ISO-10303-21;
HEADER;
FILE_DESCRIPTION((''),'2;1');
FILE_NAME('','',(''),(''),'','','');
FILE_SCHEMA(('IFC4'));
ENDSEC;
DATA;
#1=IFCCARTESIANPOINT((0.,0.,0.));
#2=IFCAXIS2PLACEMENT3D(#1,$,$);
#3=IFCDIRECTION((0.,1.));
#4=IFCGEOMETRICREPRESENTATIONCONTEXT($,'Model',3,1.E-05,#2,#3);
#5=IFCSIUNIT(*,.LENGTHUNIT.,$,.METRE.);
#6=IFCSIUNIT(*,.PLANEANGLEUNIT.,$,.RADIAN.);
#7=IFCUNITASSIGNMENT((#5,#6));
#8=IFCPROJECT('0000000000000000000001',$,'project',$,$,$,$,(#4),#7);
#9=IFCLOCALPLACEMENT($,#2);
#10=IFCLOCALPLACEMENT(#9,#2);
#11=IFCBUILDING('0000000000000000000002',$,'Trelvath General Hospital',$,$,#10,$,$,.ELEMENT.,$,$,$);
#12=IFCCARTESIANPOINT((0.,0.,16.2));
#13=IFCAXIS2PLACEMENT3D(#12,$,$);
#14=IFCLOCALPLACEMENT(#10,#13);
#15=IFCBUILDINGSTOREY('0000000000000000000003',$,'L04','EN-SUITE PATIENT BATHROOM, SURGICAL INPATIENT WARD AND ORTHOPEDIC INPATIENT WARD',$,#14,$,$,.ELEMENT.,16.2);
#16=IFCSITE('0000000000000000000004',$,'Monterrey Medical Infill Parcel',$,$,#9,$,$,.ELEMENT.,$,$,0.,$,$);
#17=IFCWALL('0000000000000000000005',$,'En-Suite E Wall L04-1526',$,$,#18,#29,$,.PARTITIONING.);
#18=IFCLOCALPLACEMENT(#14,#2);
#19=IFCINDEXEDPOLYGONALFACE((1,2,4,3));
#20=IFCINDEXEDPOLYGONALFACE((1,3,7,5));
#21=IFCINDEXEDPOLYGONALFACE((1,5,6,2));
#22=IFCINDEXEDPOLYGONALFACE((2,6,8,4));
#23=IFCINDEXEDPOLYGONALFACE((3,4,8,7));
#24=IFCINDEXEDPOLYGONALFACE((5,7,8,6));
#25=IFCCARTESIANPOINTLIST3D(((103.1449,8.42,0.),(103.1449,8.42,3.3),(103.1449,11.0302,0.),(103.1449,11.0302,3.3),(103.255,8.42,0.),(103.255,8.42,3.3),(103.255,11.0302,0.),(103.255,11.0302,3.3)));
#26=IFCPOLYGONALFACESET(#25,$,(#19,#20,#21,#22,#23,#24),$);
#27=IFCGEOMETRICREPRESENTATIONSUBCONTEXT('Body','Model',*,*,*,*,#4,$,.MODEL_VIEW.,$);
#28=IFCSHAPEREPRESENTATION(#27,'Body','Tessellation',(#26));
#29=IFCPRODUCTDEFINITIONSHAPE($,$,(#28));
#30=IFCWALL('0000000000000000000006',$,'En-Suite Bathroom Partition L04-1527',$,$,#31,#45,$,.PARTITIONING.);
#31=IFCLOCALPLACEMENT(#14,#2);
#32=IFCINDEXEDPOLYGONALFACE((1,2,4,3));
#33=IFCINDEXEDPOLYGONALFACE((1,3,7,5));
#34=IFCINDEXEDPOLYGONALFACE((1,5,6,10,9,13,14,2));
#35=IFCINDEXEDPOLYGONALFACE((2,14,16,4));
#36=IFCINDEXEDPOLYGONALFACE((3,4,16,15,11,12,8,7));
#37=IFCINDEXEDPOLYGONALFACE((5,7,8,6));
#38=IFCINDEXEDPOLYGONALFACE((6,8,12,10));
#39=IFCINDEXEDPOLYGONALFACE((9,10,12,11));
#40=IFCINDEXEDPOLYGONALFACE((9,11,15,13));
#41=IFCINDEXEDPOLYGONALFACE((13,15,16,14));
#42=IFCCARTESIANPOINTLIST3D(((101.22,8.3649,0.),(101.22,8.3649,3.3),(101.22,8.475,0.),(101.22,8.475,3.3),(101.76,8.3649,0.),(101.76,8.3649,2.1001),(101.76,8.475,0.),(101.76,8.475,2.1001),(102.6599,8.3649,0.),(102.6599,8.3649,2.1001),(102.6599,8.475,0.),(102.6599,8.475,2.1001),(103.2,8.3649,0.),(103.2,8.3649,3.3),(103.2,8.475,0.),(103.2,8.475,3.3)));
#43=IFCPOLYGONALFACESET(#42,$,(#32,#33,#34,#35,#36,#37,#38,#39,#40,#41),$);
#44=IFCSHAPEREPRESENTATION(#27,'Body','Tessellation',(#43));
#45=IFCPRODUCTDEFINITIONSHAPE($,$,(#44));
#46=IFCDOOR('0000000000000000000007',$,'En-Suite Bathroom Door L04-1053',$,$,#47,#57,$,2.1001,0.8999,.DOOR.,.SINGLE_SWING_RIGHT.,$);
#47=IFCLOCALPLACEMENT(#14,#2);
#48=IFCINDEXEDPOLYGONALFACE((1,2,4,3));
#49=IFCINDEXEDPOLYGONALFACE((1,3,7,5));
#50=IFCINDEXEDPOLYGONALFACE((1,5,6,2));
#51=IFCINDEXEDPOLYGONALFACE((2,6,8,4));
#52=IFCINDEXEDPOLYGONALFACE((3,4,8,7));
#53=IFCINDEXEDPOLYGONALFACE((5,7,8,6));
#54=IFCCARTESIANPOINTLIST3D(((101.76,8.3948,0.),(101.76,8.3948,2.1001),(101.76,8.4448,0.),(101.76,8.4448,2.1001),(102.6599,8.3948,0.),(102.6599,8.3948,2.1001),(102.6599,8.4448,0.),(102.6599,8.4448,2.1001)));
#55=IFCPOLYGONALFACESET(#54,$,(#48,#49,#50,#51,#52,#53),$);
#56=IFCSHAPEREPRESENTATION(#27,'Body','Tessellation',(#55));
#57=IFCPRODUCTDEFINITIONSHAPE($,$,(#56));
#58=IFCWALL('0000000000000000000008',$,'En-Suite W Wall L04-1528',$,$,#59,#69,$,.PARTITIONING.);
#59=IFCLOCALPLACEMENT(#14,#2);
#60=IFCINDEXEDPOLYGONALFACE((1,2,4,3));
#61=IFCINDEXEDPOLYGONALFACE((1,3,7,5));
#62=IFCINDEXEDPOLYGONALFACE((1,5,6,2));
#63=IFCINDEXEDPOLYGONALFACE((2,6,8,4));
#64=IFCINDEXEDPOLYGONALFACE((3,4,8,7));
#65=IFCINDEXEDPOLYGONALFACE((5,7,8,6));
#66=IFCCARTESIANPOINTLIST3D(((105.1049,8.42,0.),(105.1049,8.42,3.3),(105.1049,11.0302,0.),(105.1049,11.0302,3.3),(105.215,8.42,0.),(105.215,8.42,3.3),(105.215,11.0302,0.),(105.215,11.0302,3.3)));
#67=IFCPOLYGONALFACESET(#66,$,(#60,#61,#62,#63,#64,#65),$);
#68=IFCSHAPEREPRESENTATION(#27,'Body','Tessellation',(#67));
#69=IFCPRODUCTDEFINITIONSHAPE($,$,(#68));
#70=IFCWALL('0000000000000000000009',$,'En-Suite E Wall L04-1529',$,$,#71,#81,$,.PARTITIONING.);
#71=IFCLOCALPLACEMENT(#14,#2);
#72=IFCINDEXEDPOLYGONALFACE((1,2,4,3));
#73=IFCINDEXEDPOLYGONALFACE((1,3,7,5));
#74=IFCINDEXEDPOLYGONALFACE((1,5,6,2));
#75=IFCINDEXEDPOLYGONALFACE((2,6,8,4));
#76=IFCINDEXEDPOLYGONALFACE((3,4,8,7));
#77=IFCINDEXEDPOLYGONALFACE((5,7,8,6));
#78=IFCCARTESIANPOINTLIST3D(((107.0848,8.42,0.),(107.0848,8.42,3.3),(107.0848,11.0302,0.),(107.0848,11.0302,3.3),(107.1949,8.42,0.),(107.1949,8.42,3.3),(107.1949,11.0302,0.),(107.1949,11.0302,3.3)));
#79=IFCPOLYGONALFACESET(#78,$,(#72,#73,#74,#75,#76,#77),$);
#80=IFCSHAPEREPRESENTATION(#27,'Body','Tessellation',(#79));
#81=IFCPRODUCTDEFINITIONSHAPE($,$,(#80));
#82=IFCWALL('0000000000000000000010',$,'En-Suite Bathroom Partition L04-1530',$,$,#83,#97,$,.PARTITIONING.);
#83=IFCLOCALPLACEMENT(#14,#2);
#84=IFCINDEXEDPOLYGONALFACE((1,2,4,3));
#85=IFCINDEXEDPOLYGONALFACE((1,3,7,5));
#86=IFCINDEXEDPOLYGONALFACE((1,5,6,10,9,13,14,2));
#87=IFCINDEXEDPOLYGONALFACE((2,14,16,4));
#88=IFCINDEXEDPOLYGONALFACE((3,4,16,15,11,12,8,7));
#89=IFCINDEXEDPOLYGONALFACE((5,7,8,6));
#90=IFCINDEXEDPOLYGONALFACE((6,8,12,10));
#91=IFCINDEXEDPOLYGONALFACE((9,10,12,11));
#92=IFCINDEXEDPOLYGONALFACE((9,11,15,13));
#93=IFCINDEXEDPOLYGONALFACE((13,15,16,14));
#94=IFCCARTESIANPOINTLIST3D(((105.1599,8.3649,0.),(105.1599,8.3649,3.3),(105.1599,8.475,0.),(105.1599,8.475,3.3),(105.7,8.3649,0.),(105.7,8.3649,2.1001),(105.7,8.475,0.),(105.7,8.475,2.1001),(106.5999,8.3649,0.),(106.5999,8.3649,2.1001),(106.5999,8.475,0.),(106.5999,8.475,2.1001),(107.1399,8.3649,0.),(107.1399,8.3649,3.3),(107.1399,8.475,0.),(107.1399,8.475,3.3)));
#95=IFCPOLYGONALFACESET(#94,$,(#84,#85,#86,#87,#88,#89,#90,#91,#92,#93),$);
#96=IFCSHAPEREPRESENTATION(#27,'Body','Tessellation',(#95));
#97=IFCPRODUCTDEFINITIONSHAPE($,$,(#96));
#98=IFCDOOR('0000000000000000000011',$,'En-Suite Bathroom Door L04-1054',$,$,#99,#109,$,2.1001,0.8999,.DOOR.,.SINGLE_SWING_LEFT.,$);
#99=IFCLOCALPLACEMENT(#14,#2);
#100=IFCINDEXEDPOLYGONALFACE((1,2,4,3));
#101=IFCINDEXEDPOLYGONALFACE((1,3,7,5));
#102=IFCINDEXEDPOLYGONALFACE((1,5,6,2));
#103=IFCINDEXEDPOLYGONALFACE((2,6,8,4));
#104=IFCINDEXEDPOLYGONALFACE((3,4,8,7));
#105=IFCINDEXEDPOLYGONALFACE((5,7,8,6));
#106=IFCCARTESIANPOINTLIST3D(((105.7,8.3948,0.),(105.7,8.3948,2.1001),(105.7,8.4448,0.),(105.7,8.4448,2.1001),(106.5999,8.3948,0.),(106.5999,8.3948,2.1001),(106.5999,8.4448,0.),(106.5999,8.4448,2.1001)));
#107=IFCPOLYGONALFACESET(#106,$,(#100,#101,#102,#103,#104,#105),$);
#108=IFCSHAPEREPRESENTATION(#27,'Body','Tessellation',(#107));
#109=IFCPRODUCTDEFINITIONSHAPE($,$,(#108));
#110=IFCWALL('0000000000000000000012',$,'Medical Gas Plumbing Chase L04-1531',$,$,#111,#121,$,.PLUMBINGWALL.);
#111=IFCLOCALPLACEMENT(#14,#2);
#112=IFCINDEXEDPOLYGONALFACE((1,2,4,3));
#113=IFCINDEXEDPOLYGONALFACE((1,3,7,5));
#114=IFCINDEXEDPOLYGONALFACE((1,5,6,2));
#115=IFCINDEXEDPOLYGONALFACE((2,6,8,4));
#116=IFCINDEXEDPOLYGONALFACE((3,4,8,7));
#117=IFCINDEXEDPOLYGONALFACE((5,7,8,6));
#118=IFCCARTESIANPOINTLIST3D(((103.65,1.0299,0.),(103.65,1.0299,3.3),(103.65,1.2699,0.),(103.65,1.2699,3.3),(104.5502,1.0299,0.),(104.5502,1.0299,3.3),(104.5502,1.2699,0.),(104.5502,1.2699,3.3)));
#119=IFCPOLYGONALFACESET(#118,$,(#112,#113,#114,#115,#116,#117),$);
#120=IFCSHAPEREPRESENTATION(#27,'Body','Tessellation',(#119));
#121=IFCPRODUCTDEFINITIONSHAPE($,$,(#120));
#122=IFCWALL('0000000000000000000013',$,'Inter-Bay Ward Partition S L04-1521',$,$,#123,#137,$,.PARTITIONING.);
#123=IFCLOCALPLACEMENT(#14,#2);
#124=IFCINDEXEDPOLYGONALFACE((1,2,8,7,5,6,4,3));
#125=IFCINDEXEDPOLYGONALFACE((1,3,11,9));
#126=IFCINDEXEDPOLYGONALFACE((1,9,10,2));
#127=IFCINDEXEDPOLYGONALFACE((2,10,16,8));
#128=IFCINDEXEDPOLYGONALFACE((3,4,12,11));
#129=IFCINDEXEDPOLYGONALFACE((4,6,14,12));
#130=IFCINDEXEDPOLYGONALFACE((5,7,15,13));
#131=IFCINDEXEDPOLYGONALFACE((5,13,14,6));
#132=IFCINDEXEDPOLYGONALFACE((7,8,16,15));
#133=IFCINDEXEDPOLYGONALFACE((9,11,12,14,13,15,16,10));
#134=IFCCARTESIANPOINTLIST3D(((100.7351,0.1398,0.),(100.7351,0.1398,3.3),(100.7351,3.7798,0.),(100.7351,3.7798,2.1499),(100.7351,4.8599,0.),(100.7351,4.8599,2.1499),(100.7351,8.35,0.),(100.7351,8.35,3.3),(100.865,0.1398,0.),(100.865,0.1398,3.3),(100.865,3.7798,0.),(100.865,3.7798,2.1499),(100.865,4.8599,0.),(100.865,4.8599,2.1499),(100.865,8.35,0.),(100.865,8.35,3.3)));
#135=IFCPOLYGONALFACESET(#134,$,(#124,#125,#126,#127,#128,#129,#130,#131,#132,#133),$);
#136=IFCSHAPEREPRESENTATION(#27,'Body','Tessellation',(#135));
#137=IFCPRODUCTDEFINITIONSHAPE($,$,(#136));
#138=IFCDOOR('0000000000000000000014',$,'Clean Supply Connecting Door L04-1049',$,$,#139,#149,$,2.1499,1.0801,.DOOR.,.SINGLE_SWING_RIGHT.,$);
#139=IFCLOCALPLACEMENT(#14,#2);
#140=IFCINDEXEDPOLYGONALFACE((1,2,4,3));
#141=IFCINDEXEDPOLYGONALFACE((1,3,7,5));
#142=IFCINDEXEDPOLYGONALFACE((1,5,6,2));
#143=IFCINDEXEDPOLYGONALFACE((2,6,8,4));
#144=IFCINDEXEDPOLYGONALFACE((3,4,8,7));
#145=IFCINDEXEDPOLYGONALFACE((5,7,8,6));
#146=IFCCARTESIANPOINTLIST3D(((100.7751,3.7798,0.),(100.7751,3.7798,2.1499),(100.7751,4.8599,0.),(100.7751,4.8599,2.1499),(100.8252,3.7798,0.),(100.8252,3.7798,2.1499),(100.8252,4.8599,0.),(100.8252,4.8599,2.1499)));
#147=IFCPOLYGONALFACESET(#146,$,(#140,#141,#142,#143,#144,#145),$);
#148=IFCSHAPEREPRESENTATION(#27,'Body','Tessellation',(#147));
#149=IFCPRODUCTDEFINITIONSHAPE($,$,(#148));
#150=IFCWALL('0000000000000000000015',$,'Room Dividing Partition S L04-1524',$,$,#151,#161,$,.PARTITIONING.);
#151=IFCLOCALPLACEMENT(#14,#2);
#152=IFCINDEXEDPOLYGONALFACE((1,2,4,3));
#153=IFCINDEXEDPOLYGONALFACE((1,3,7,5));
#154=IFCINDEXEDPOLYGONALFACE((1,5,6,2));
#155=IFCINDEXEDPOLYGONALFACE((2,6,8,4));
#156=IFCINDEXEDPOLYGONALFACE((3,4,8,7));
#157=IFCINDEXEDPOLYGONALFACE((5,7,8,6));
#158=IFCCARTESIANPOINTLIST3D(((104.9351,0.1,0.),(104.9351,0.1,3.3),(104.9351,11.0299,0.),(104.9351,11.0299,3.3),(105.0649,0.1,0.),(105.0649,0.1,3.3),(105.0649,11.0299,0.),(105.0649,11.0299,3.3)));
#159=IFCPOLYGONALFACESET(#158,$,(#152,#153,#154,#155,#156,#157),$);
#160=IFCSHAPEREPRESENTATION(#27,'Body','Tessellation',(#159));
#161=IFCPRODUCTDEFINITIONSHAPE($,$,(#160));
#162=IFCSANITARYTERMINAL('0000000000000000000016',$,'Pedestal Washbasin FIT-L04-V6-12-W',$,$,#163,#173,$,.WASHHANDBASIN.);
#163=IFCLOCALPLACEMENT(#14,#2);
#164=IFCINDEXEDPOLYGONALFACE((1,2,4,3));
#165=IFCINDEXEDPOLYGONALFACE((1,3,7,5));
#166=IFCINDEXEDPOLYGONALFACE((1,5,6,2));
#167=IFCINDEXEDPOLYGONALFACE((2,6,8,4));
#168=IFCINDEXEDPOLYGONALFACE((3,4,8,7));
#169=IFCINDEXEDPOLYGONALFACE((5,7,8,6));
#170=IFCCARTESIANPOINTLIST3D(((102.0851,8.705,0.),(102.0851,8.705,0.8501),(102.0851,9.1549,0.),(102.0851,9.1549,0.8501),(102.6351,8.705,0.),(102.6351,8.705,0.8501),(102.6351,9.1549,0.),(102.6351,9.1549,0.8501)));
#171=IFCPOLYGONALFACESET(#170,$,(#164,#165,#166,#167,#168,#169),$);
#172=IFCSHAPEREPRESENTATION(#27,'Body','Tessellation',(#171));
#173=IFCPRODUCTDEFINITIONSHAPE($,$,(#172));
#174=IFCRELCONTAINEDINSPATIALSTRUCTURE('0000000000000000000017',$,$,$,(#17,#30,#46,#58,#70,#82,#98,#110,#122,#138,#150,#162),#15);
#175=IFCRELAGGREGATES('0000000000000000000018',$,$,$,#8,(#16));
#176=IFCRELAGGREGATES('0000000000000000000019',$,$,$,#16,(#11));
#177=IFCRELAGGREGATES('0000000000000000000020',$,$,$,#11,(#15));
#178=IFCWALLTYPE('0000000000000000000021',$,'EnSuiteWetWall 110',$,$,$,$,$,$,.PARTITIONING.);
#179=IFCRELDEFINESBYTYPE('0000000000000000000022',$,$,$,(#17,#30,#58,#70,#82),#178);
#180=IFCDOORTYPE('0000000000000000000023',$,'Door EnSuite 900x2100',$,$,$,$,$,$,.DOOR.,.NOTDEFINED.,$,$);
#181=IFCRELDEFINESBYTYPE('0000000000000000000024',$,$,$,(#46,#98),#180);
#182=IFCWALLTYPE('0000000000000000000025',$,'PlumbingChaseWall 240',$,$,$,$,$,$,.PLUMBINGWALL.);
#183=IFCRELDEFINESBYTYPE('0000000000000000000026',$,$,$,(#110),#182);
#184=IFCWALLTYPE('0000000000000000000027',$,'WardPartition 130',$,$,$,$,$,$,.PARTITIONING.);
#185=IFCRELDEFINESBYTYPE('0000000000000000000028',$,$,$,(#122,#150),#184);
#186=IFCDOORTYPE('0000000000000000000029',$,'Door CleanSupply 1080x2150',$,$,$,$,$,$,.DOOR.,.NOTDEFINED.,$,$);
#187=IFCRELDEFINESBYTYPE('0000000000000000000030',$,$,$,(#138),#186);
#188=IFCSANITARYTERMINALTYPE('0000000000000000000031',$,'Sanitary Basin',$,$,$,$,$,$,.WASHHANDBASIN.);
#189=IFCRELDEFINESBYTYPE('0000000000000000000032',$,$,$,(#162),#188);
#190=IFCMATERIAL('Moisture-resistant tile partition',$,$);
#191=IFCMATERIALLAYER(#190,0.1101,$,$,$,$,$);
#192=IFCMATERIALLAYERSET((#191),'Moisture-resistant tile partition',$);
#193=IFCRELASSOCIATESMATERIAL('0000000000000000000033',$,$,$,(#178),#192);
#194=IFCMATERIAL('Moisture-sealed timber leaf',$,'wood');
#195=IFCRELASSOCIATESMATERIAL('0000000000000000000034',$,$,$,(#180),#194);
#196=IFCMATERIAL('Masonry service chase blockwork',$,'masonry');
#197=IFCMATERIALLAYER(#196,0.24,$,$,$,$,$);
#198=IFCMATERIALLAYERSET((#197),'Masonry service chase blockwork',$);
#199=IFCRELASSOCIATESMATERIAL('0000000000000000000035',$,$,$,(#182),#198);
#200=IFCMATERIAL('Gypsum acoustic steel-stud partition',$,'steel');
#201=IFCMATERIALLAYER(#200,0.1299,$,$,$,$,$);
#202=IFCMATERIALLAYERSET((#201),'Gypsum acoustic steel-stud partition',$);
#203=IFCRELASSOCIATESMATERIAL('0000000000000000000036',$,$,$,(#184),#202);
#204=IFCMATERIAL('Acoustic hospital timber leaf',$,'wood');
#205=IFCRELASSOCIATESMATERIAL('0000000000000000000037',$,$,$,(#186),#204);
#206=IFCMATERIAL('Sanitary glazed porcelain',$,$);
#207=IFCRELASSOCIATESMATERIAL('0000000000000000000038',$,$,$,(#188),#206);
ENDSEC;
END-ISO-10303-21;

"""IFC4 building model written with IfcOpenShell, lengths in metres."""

from ifc_helpers import new_model, si_unit, direction, frame, frame_2d, origin, origin_2d, place, context, subcontext, project, spatial, rectangle, extrude, material, layer, layer_set, type_object, element, fill, save


model = new_model("IFC4")

# Units and contexts
model_context = context("Model", 3, precision=1e-05, world=origin(), true_north=direction((0.0, 1.0)))
body_context = subcontext(model_context, "Body", "Model", "MODEL_VIEW")
ifc_project = project(units=[si_unit("LENGTHUNIT", "METRE"), si_unit("PLANEANGLEUNIT", "RADIAN")], contexts=[model_context])

# Site, building, storey
site_placement = place(None, origin())
site = spatial("IfcSite", under=ifc_project, at=site_placement, Name="Monterrey Medical Infill Parcel", CompositionType="ELEMENT", RefElevation=0.0)
building_placement = place(site_placement, origin())
building = spatial("IfcBuilding", under=site, at=building_placement, Name="Trelvath General Hospital", CompositionType="ELEMENT")
storey_placement = place(building_placement, frame((0.0, 0.0, 16.2)))
storey = spatial("IfcBuildingStorey", under=building, at=storey_placement, Name="L04", Description="EN-SUITE PATIENT BATHROOM, SURGICAL INPATIENT WARD AND ORTHOPEDIC INPATIENT WARD", CompositionType="ELEMENT", Elevation=16.2)

# Wall
ifc_material_1 = material(Name="Moisture-resistant tile partition")
ifc_layer_1 = layer(ifc_material_1, 0.1101)
ifc_layer_set_1 = layer_set([ifc_layer_1], Name="Moisture-resistant tile partition")
wall_type_1 = type_object("IfcWallType", Name="EnSuiteWetWall 110", PredefinedType="PARTITIONING", material=ifc_layer_set_1)
for number, where, z_axis, x_axis, name in (
    (1, (103.2, 8.4199, 0.0), (0.0, 0.0, 1.0), (0.0, 1.0, 0.0), "En-Suite E Wall L04-1526"),
):
    element("IfcWall", number, at=place(storey_placement, frame(where, z_axis=z_axis, x_axis=x_axis)), inside=storey, type_object=wall_type_1, Name=name, PredefinedType="PARTITIONING", context=body_context, shape_type="SweptSolid", body=[
        extrude(rectangle(XDim=2.6101, YDim=0.1101, at=frame_2d((1.3052, 0.0))), origin(), (0.0, 0.0, 1.0), 3.3),
    ])

# Wall, opening, door
wall_1_placement = place(storey_placement, frame((101.22, 8.4199, 0.0), z_axis=(0.0, 0.0, 1.0), x_axis=(1.0, 0.0, 0.0)))
wall_1 = element("IfcWall", 2, at=wall_1_placement, inside=storey, type_object=wall_type_1, Name="En-Suite Bathroom Partition L04-1527", PredefinedType="PARTITIONING", context=body_context, shape_type="SweptSolid", body=[
    extrude(rectangle(XDim=1.98, YDim=0.1101, at=frame_2d((0.99, 0.0))), origin(), (0.0, 0.0, 1.0), 3.3),
])
opening_1_placement = place(wall_1_placement, frame((0.54, 0.0, 0.0)))
opening_1 = element("IfcOpeningElement", 3, at=opening_1_placement, cuts=wall_1, PredefinedType="OPENING", context=body_context, shape_type="SweptSolid", body=[
    extrude(rectangle(XDim=0.8999, YDim=2.1001, at=frame_2d((0.45, 1.05))), frame((0.0, 0.0649, 0.0), z_axis=(0.0, -1.0, 0.0), x_axis=(1.0, 0.0, 0.0)), (0.0, 0.0, 1.0), 0.1301),
])
ifc_material_2 = material(Name="Moisture-sealed timber leaf", Category="wood")
door_type_1 = type_object("IfcDoorType", Name="Door EnSuite 900x2100", OperationType="NOTDEFINED", PredefinedType="DOOR", material=ifc_material_2)
door_1_placement = place(opening_1_placement, origin())
door_1 = element("IfcDoor", 4, at=door_1_placement, inside=storey, type_object=door_type_1, Name="En-Suite Bathroom Door L04-1053", OperationType="SINGLE_SWING_RIGHT", OverallHeight=2.1001, OverallWidth=0.8999, PredefinedType="DOOR", context=body_context, shape_type="SweptSolid", body=[
    extrude(rectangle(XDim=0.8999, YDim=2.1001, at=frame_2d((0.45, 1.05))), frame((0.0, 0.0249, 0.0), z_axis=(0.0, -1.0, 0.0), x_axis=(1.0, 0.0, 0.0)), (0.0, 0.0, 1.0), 0.05),
])
fill(opening_1, door_1)

# Walls
for number, where, z_axis, x_axis, name in (
    (5, (105.1599, 8.4199, 0.0), (0.0, 0.0, 1.0), (0.0, 1.0, 0.0), "En-Suite W Wall L04-1528"),
    (6, (107.1399, 8.4199, 0.0), (0.0, 0.0, 1.0), (0.0, 1.0, 0.0), "En-Suite E Wall L04-1529"),
):
    element("IfcWall", number, at=place(storey_placement, frame(where, z_axis=z_axis, x_axis=x_axis)), inside=storey, type_object=wall_type_1, Name=name, PredefinedType="PARTITIONING", context=body_context, shape_type="SweptSolid", body=[
        extrude(rectangle(XDim=2.6101, YDim=0.1101, at=frame_2d((1.3052, 0.0))), origin(), (0.0, 0.0, 1.0), 3.3),
    ])

# Wall, opening, door
wall_2_placement = place(storey_placement, frame((105.1599, 8.4199, 0.0), z_axis=(0.0, 0.0, 1.0), x_axis=(1.0, 0.0, 0.0)))
wall_2 = element("IfcWall", 7, at=wall_2_placement, inside=storey, type_object=wall_type_1, Name="En-Suite Bathroom Partition L04-1530", PredefinedType="PARTITIONING", context=body_context, shape_type="SweptSolid", body=[
    extrude(rectangle(XDim=1.98, YDim=0.1101, at=frame_2d((0.99, 0.0))), origin(), (0.0, 0.0, 1.0), 3.3),
])
opening_2_placement = place(wall_2_placement, frame((0.54, 0.0, 0.0)))
opening_2 = element("IfcOpeningElement", 8, at=opening_2_placement, cuts=wall_2, PredefinedType="OPENING", context=body_context, shape_type="SweptSolid", body=[
    extrude(rectangle(XDim=0.8999, YDim=2.1001, at=frame_2d((0.45, 1.05))), frame((0.0, 0.0649, 0.0), z_axis=(0.0, -1.0, 0.0), x_axis=(1.0, 0.0, 0.0)), (0.0, 0.0, 1.0), 0.1301),
])
door_2_placement = place(opening_2_placement, origin())
door_2 = element("IfcDoor", 9, at=door_2_placement, inside=storey, type_object=door_type_1, Name="En-Suite Bathroom Door L04-1054", OperationType="SINGLE_SWING_LEFT", OverallHeight=2.1001, OverallWidth=0.8999, PredefinedType="DOOR", context=body_context, shape_type="SweptSolid", body=[
    extrude(rectangle(XDim=0.8999, YDim=2.1001, at=frame_2d((0.45, 1.05))), frame((0.0, 0.0249, 0.0), z_axis=(0.0, -1.0, 0.0), x_axis=(1.0, 0.0, 0.0)), (0.0, 0.0, 1.0), 0.05),
])
fill(opening_2, door_2)

# Wall
ifc_material_3 = material(Name="Masonry service chase blockwork", Category="masonry")
ifc_layer_2 = layer(ifc_material_3, 0.24)
ifc_layer_set_2 = layer_set([ifc_layer_2], Name="Masonry service chase blockwork")
wall_type_2 = type_object("IfcWallType", Name="PlumbingChaseWall 240", PredefinedType="PLUMBINGWALL", material=ifc_layer_set_2)
wall_3_placement = place(storey_placement, frame((103.6499, 1.1499, 0.0), z_axis=(0.0, 0.0, 1.0), x_axis=(1.0, 0.0, 0.0)))
element("IfcWall", 10, at=wall_3_placement, inside=storey, type_object=wall_type_2, Name="Medical Gas Plumbing Chase L04-1531", PredefinedType="PLUMBINGWALL", context=body_context, shape_type="SweptSolid", body=[
    extrude(rectangle(XDim=0.9001, YDim=0.24, at=frame_2d((0.4502, 0.0))), origin(), (0.0, 0.0, 1.0), 3.3),
])

# Wall, opening, door
ifc_material_4 = material(Name="Gypsum acoustic steel-stud partition", Category="steel")
ifc_layer_3 = layer(ifc_material_4, 0.1299)
ifc_layer_set_3 = layer_set([ifc_layer_3], Name="Gypsum acoustic steel-stud partition")
wall_type_3 = type_object("IfcWallType", Name="WardPartition 130", PredefinedType="PARTITIONING", material=ifc_layer_set_3)
wall_4_placement = place(storey_placement, frame((100.8, 0.1399, 0.0), z_axis=(0.0, 0.0, 1.0), x_axis=(0.0, 1.0, 0.0)))
wall_4 = element("IfcWall", 11, at=wall_4_placement, inside=storey, type_object=wall_type_3, Name="Inter-Bay Ward Partition S L04-1521", PredefinedType="PARTITIONING", context=body_context, shape_type="SweptSolid", body=[
    extrude(rectangle(XDim=8.2102, YDim=0.1299, at=frame_2d((4.105, 0.0))), origin(), (0.0, 0.0, 1.0), 3.3),
])
opening_3_placement = place(wall_4_placement, frame((3.6399, 0.0, 0.0)))
opening_3 = element("IfcOpeningElement", 12, at=opening_3_placement, cuts=wall_4, PredefinedType="OPENING", context=body_context, shape_type="SweptSolid", body=[
    extrude(rectangle(XDim=1.0801, YDim=2.1499, at=frame_2d((0.54, 1.075))), frame((0.0, 0.075, 0.0), z_axis=(0.0, -1.0, 0.0), x_axis=(1.0, 0.0, 0.0)), (0.0, 0.0, 1.0), 0.1499),
])
ifc_material_5 = material(Name="Acoustic hospital timber leaf", Category="wood")
door_type_2 = type_object("IfcDoorType", Name="Door CleanSupply 1080x2150", OperationType="NOTDEFINED", PredefinedType="DOOR", material=ifc_material_5)
door_3_placement = place(opening_3_placement, origin())
door_3 = element("IfcDoor", 13, at=door_3_placement, inside=storey, type_object=door_type_2, Name="Clean Supply Connecting Door L04-1049", OperationType="SINGLE_SWING_RIGHT", OverallHeight=2.1499, OverallWidth=1.0801, PredefinedType="DOOR", context=body_context, shape_type="SweptSolid", body=[
    extrude(rectangle(XDim=1.0801, YDim=2.1499, at=frame_2d((0.54, 1.075))), frame((0.0, 0.0249, 0.0), z_axis=(0.0, -1.0, 0.0), x_axis=(1.0, 0.0, 0.0)), (0.0, 0.0, 1.0), 0.05),
])
fill(opening_3, door_3)

# Wall
wall_5_placement = place(storey_placement, frame((105.0, 0.1001, 0.0), z_axis=(0.0, 0.0, 1.0), x_axis=(0.0, 1.0, 0.0)))
element("IfcWall", 14, at=wall_5_placement, inside=storey, type_object=wall_type_3, Name="Room Dividing Partition S L04-1524", PredefinedType="PARTITIONING", context=body_context, shape_type="SweptSolid", body=[
    extrude(rectangle(XDim=10.9299, YDim=0.1299, at=frame_2d((5.4648, 0.0))), origin(), (0.0, 0.0, 1.0), 3.3),
])

# Sanitary terminal
ifc_material_6 = material(Name="Sanitary glazed porcelain")
sanitary_terminal_type_1 = type_object("IfcSanitaryTerminalType", Name="Sanitary Basin", PredefinedType="WASHHANDBASIN", material=ifc_material_6)
sanitary_terminal_1_placement = place(storey_placement, frame((102.3601, 8.9299, 0.0), z_axis=(0.0, 0.0, 1.0), x_axis=(1.0, 0.0, 0.0)))
element("IfcSanitaryTerminal", 15, at=sanitary_terminal_1_placement, inside=storey, type_object=sanitary_terminal_type_1, Name="Pedestal Washbasin FIT-L04-V6-12-W", PredefinedType="WASHHANDBASIN", context=body_context, shape_type="SweptSolid", body=[
    extrude(rectangle(XDim=0.55, YDim=0.45, at=origin_2d()), origin(), (0.0, 0.0, 1.0), 0.8501),
])

save(model, "model.ifc")
